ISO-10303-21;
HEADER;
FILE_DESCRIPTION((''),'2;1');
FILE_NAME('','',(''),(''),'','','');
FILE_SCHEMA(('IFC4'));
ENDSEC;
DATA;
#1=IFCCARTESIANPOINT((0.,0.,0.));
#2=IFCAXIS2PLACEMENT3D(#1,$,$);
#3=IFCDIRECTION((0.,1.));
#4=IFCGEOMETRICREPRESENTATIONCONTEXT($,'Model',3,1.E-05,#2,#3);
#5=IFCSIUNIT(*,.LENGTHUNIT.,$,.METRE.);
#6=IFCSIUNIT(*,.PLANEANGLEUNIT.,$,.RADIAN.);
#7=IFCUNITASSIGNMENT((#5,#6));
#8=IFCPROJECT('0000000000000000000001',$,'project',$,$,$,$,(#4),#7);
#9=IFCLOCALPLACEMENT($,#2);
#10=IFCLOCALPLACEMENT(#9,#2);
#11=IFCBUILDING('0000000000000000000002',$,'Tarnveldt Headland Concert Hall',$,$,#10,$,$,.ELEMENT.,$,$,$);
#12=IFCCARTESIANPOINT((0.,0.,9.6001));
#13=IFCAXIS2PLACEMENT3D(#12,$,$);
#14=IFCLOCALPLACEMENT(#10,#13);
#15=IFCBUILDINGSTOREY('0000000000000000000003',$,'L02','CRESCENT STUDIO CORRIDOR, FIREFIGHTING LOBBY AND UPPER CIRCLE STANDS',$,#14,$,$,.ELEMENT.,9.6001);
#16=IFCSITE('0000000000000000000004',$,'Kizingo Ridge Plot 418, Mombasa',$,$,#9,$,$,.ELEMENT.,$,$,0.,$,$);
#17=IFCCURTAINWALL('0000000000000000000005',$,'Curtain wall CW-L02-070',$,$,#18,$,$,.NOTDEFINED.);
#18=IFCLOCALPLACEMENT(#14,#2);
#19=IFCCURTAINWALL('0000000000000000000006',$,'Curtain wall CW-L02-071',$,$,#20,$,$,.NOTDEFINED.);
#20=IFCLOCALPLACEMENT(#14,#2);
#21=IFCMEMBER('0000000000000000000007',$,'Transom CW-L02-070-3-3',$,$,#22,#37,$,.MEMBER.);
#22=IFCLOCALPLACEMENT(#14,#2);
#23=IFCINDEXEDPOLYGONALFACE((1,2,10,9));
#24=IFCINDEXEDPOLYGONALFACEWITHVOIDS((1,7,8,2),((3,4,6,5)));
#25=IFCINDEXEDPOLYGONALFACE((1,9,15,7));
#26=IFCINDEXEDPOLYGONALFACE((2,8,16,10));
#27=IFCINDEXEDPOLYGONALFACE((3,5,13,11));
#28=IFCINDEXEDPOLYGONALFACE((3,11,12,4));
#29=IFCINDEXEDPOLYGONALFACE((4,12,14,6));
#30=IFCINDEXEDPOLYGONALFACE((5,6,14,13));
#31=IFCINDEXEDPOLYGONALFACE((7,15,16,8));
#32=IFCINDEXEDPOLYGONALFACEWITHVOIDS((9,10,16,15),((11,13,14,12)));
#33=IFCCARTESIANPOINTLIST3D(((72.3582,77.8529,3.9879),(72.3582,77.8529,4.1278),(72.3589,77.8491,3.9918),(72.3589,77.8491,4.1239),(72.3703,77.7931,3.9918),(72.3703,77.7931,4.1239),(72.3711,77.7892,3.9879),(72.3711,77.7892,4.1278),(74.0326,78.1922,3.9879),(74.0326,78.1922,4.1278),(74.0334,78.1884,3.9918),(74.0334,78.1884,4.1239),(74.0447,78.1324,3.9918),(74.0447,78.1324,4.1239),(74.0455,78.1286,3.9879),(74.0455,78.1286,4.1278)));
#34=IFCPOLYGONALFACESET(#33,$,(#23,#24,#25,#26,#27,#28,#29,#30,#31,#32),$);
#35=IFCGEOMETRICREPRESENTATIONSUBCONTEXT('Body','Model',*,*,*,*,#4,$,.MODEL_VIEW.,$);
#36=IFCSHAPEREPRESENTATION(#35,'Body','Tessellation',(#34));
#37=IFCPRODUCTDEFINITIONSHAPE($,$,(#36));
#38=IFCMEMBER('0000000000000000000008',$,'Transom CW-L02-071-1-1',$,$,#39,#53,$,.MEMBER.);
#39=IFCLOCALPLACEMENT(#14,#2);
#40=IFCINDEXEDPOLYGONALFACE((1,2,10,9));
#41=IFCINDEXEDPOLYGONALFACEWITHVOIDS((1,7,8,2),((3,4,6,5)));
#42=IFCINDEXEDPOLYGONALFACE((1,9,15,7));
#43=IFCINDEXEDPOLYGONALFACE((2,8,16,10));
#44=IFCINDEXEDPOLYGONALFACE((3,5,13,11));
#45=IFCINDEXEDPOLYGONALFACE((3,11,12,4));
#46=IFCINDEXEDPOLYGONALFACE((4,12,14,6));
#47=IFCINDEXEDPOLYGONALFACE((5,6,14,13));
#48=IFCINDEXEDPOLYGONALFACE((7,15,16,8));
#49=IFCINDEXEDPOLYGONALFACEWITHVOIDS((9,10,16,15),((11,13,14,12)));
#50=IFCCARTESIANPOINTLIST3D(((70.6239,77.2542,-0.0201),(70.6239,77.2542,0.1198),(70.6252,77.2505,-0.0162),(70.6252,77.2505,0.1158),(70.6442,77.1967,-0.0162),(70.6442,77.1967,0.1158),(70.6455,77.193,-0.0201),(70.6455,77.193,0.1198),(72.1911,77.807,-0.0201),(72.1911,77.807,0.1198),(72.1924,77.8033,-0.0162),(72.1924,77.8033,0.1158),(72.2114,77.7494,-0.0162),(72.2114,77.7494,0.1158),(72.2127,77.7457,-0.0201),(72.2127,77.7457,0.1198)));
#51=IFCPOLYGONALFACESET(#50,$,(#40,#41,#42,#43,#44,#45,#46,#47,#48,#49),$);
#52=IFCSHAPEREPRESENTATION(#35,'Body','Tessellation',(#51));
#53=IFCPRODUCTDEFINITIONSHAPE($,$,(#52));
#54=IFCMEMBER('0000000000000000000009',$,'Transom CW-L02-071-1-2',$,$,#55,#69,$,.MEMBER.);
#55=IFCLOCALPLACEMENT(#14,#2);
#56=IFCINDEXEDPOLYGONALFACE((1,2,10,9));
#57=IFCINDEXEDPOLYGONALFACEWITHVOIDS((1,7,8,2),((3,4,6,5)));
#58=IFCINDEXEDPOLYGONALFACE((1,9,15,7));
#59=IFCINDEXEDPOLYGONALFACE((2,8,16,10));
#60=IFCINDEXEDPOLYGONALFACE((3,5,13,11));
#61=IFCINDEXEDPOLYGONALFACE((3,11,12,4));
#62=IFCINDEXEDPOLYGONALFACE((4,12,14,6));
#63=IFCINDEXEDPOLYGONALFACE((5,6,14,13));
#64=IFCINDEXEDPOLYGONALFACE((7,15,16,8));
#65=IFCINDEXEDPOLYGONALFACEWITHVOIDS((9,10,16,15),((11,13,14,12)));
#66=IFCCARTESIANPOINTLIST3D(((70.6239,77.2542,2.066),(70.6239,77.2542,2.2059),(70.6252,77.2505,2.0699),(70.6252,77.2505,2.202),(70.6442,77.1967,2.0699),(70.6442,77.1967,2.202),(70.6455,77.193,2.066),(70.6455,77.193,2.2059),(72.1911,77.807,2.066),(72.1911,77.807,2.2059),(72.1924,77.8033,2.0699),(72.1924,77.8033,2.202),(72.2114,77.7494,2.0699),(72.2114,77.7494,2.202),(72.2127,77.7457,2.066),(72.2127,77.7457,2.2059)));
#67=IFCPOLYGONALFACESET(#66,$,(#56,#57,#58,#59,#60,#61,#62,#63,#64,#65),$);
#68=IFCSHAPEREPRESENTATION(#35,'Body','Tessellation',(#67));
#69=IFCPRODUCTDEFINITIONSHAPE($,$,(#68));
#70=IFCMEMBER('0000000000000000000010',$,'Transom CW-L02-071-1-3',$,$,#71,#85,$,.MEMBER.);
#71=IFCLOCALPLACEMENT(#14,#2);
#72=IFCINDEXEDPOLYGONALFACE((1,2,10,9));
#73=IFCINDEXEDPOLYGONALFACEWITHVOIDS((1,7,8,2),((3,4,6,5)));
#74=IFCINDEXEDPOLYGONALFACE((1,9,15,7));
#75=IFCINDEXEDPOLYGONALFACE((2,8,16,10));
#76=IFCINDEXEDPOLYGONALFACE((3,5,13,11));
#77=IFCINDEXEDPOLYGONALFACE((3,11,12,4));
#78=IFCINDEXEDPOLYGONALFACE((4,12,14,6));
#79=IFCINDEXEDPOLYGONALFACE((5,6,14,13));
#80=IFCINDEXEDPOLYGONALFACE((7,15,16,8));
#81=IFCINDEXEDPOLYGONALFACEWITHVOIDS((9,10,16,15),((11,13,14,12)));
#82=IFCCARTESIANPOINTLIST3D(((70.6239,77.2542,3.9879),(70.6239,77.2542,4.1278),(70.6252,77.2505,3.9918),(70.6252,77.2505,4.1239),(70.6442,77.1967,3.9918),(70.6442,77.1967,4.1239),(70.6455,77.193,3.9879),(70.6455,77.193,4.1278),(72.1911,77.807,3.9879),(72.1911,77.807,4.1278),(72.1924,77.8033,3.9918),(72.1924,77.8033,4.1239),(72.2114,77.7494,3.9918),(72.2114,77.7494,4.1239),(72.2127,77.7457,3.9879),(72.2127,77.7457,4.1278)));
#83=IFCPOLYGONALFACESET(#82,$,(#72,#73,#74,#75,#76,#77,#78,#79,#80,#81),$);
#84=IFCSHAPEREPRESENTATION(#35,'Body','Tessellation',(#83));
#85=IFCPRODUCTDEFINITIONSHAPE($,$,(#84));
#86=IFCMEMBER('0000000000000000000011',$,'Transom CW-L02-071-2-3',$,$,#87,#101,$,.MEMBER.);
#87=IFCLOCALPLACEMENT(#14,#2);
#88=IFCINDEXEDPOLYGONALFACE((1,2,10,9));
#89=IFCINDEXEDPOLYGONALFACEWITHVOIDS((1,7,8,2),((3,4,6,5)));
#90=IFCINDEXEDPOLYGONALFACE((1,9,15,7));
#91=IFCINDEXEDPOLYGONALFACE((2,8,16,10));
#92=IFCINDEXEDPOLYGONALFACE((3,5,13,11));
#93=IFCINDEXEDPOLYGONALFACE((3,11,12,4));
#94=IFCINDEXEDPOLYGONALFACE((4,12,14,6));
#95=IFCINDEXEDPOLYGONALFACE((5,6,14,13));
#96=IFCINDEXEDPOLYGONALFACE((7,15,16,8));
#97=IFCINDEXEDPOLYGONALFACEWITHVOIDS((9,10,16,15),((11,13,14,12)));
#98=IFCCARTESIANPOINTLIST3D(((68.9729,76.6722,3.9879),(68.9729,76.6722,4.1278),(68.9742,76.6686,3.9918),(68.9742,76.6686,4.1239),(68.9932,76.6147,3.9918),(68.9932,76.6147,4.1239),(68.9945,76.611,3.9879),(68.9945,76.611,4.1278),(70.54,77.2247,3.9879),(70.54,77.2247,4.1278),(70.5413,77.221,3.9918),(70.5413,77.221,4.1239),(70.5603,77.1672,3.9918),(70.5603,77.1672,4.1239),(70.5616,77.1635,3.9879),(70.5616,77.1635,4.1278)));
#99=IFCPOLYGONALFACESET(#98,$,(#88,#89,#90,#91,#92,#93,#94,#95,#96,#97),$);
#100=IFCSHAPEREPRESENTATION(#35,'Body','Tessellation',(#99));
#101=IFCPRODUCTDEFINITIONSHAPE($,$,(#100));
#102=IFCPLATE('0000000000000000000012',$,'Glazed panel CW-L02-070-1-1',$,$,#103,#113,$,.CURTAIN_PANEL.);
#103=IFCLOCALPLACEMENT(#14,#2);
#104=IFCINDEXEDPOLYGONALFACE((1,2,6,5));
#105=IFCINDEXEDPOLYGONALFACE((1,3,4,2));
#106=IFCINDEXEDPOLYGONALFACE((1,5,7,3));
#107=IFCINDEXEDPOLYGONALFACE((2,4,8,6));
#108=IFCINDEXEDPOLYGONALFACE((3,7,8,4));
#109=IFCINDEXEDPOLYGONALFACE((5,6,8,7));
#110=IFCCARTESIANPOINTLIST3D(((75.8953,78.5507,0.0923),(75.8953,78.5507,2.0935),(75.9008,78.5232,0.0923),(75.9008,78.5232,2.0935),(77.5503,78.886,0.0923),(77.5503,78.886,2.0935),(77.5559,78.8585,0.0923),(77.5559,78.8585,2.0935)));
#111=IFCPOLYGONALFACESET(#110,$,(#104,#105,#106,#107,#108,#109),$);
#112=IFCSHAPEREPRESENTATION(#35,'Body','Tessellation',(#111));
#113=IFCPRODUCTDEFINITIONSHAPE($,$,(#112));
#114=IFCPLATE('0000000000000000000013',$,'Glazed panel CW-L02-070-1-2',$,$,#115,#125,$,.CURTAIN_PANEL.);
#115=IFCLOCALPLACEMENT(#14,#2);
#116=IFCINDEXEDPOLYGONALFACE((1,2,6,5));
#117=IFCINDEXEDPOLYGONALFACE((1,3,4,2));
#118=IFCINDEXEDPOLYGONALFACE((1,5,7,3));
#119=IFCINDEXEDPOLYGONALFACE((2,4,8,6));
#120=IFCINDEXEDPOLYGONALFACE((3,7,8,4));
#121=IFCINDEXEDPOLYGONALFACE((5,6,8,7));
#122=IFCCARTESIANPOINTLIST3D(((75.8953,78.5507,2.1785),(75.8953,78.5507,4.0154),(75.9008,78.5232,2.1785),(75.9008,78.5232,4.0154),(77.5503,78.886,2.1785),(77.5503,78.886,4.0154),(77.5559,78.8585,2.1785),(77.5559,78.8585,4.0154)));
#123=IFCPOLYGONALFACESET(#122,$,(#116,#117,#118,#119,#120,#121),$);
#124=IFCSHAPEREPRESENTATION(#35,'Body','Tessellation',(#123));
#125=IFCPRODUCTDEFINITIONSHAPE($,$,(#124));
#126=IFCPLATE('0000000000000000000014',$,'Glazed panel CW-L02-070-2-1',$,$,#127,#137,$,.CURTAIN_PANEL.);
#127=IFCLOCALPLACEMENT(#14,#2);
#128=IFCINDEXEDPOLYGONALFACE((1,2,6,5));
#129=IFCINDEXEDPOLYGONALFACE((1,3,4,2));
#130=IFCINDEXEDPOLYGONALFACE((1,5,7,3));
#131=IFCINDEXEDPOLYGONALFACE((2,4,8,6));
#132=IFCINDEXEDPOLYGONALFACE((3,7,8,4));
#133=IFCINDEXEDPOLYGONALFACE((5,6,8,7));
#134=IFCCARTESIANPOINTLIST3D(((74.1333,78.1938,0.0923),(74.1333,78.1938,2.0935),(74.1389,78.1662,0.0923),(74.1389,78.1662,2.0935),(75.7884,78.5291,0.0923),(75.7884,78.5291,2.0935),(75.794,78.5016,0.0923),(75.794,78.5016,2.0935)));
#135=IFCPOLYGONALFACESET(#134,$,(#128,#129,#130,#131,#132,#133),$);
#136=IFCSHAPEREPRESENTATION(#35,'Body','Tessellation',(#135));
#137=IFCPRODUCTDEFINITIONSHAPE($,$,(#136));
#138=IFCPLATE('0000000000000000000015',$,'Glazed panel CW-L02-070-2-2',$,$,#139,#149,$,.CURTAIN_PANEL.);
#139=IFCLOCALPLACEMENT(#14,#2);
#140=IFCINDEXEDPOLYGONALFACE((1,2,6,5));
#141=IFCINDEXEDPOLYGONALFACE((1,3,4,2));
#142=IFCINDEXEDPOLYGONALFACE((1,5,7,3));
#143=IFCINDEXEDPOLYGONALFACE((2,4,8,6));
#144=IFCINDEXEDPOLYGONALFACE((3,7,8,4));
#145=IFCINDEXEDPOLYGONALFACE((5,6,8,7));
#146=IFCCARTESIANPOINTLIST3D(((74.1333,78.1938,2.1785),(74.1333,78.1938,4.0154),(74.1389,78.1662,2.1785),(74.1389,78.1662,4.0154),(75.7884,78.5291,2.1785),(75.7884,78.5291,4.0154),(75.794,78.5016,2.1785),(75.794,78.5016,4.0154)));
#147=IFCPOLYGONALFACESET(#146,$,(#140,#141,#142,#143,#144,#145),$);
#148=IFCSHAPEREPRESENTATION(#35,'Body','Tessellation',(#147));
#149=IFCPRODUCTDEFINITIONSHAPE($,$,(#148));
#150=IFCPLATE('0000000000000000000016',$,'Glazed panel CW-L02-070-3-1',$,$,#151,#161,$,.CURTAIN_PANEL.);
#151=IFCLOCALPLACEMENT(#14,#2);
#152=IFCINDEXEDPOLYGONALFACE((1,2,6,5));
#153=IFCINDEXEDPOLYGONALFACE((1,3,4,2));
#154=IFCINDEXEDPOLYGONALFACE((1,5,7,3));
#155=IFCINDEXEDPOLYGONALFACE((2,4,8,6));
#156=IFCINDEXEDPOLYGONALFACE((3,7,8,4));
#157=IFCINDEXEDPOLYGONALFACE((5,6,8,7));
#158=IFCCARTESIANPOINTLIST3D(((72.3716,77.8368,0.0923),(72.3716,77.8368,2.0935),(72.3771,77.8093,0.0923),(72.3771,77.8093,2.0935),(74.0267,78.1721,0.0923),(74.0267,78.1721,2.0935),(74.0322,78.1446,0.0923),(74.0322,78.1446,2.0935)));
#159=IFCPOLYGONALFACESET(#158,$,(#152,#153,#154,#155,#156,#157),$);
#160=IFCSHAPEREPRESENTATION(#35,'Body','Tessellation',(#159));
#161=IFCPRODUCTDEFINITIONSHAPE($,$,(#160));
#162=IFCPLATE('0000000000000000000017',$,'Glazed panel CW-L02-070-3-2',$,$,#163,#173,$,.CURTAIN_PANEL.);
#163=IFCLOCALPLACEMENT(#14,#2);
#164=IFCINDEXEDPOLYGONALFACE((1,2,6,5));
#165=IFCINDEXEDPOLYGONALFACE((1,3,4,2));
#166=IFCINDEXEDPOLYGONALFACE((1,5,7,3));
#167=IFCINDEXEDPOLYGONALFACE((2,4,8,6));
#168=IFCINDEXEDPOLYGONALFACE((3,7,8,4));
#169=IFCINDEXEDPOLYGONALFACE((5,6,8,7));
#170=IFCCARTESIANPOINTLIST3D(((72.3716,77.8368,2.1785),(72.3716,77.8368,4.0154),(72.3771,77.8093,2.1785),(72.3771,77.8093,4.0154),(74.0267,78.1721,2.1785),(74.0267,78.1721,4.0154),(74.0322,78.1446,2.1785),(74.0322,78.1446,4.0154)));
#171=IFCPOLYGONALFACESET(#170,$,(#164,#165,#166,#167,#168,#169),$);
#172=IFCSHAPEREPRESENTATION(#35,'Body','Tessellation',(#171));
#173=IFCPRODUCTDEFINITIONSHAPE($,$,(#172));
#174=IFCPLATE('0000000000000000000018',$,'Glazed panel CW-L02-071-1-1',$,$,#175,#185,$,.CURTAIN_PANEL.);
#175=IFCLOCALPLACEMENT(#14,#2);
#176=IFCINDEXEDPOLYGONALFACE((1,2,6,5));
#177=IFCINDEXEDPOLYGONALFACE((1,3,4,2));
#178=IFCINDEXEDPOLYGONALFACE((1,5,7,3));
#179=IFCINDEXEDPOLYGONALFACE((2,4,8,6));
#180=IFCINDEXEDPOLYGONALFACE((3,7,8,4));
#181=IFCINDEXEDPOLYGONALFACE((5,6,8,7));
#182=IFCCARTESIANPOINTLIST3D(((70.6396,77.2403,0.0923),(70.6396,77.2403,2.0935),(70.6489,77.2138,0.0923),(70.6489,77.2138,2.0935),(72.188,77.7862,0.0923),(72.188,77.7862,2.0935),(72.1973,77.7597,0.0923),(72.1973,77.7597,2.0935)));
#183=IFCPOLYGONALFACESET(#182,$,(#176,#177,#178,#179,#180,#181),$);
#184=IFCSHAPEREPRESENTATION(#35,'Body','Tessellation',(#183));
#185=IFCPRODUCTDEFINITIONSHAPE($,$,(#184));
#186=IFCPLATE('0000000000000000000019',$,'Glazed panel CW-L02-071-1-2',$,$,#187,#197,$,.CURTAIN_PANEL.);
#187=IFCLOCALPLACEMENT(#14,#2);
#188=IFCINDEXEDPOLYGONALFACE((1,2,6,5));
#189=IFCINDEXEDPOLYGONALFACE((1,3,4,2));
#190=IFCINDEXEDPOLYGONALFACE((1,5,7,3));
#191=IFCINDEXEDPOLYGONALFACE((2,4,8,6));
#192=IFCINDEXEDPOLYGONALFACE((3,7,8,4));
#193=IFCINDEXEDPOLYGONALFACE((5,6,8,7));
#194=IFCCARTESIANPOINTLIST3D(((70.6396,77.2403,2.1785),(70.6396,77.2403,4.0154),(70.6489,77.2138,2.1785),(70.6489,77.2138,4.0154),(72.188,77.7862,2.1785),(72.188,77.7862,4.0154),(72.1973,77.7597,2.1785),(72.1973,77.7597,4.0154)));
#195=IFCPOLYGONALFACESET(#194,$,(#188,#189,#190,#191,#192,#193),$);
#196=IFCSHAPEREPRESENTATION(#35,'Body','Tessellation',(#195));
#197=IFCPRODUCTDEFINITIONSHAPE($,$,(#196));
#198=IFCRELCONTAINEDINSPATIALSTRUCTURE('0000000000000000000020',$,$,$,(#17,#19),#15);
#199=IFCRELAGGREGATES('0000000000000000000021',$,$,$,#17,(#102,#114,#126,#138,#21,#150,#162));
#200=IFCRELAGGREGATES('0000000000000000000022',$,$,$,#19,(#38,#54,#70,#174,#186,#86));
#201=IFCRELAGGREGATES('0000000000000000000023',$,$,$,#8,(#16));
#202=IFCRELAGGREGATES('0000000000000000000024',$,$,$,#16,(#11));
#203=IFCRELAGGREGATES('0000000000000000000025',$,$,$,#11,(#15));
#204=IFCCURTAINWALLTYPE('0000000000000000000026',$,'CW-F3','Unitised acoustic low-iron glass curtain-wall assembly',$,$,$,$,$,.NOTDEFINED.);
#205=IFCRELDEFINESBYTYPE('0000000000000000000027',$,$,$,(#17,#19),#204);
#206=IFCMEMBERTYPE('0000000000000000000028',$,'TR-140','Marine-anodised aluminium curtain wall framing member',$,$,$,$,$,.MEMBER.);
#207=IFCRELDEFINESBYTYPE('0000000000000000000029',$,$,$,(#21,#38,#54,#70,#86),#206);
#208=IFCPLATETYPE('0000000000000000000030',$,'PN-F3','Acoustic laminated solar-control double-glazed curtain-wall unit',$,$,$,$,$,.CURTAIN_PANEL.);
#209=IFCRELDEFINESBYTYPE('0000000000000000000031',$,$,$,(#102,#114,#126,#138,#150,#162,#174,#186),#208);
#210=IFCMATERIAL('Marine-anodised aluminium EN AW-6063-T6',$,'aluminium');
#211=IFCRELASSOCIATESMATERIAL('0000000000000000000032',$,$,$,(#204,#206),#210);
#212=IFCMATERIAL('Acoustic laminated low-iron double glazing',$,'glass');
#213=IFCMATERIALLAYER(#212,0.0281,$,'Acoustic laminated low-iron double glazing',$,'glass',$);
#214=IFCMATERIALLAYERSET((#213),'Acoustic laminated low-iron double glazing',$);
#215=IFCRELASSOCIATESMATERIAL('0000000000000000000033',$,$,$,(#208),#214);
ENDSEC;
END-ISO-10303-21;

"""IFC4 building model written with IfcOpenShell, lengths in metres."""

from ifc_helpers import new_model, si_unit, direction, frame, origin, origin_2d, place, context, subcontext, project, spatial, rectangle, hollow_rectangle, extrude, material, layer, layer_set, material_profile, profile_set, type_object, element, aggregate, save


model = new_model("IFC4")

# Units and contexts
model_context = context("Model", 3, precision=1e-05, world=origin(), true_north=direction((0.0, 1.0)))
body_context = subcontext(model_context, "Body", "Model", "MODEL_VIEW")
ifc_project = project(units=[si_unit("LENGTHUNIT", "METRE"), si_unit("PLANEANGLEUNIT", "RADIAN")], contexts=[model_context])

# Site, building, storey
site_placement = place(None, origin())
site = spatial("IfcSite", under=ifc_project, at=site_placement, Name="Kizingo Ridge Plot 418, Mombasa", CompositionType="ELEMENT", RefElevation=0.0)
building_placement = place(site_placement, origin())
building = spatial("IfcBuilding", under=site, at=building_placement, Name="Tarnveldt Headland Concert Hall", CompositionType="ELEMENT")
storey_placement = place(building_placement, frame((0.0, 0.0, 9.6001)))
storey = spatial("IfcBuildingStorey", under=building, at=storey_placement, Name="L02", Description="CRESCENT STUDIO CORRIDOR, FIREFIGHTING LOBBY AND UPPER CIRCLE STANDS", CompositionType="ELEMENT", Elevation=9.6001)

# Curtain walls
ifc_material_1 = material(Name="Marine-anodised aluminium EN AW-6063-T6", Category="aluminium")
curtain_wall_type = type_object("IfcCurtainWallType", Name="CW-F3", Description="Unitised acoustic low-iron glass curtain-wall assembly", PredefinedType="NOTDEFINED", material=ifc_material_1)
curtain_wall_1_placement = place(storey_placement, origin())
curtain_wall_1 = element("IfcCurtainWall", 1, at=curtain_wall_1_placement, inside=storey, type_object=curtain_wall_type, Name="Curtain wall CW-L02-070", PredefinedType="NOTDEFINED")
curtain_wall_2_placement = place(storey_placement, origin())
curtain_wall_2 = element("IfcCurtainWall", 2, at=curtain_wall_2_placement, inside=storey, type_object=curtain_wall_type, Name="Curtain wall CW-L02-071", PredefinedType="NOTDEFINED")

# Members
ifc_material_profile_1 = material_profile(ifc_material_1, hollow_rectangle(XDim=0.0649, YDim=0.1399, WallThickness=0.0039, at=origin_2d()), Name="ALU TRANSOM 65x140x4", Category="aluminium")
ifc_profile_set_1 = profile_set([ifc_material_profile_1], Name="Marine-anodised aluminium EN AW-6063-T6")
member_type_1 = type_object("IfcMemberType", Name="TR-140", Description="Marine-anodised aluminium curtain wall framing member", PredefinedType="MEMBER", material=ifc_profile_set_1)
member_1_placement = place(storey_placement, frame((74.0391, 78.1604, 4.0579), z_axis=(-0.980077, -0.198616, 0.0), x_axis=(0.198616, -0.980077, 0.0)))
member_1 = element("IfcMember", 3, at=member_1_placement, type_object=member_type_1, Name="Transom CW-L02-070-3-3", PredefinedType="MEMBER", context=body_context, shape_type="SweptSolid", body=[
    extrude(hollow_rectangle(XDim=0.0649, YDim=0.1399, WallThickness=0.0039, at=origin_2d()), origin(), (0.0, 0.0, 1.0), 1.7085),
])
member_2_placement = place(storey_placement, frame((72.2019, 77.7764, 0.0498), z_axis=(-0.943061, -0.33262, 0.0), x_axis=(0.33262, -0.943061, 0.0)))
member_2 = element("IfcMember", 4, at=member_2_placement, type_object=member_type_1, Name="Transom CW-L02-071-1-1", PredefinedType="MEMBER", context=body_context, shape_type="SweptSolid", body=[
    extrude(hollow_rectangle(XDim=0.0649, YDim=0.1399, WallThickness=0.0039, at=origin_2d()), origin(), (0.0, 0.0, 1.0), 1.6619),
])
member_3_placement = place(storey_placement, frame((72.2019, 77.7764, 2.136), z_axis=(-0.943061, -0.33262, 0.0), x_axis=(0.33262, -0.943061, 0.0)))
member_3 = element("IfcMember", 5, at=member_3_placement, type_object=member_type_1, Name="Transom CW-L02-071-1-2", PredefinedType="MEMBER", context=body_context, shape_type="SweptSolid", body=[
    extrude(hollow_rectangle(XDim=0.0649, YDim=0.1399, WallThickness=0.0039, at=origin_2d()), origin(), (0.0, 0.0, 1.0), 1.6619),
])
member_4_placement = place(storey_placement, frame((72.2019, 77.7764, 4.0579), z_axis=(-0.943061, -0.33262, 0.0), x_axis=(0.33262, -0.943061, 0.0)))
member_4 = element("IfcMember", 6, at=member_4_placement, type_object=member_type_1, Name="Transom CW-L02-071-1-3", PredefinedType="MEMBER", context=body_context, shape_type="SweptSolid", body=[
    extrude(hollow_rectangle(XDim=0.0649, YDim=0.1399, WallThickness=0.0039, at=origin_2d()), origin(), (0.0, 0.0, 1.0), 1.6619),
])
member_5_placement = place(storey_placement, frame((70.5508, 77.1941, 4.0579), z_axis=(-0.943107, -0.33249, 0.0), x_axis=(0.33249, -0.943107, 0.0)))
member_5 = element("IfcMember", 7, at=member_5_placement, type_object=member_type_1, Name="Transom CW-L02-071-2-3", PredefinedType="MEMBER", context=body_context, shape_type="SweptSolid", body=[
    extrude(hollow_rectangle(XDim=0.0649, YDim=0.1399, WallThickness=0.0039, at=origin_2d()), origin(), (0.0, 0.0, 1.0), 1.6616),
])

# Plates
ifc_material_2 = material(Name="Acoustic laminated low-iron double glazing", Category="glass")
ifc_layer_1 = layer(ifc_material_2, 0.0281, Name="Acoustic laminated low-iron double glazing", Category="glass")
ifc_layer_set_1 = layer_set([ifc_layer_1], Name="Acoustic laminated low-iron double glazing")
plate_type = type_object("IfcPlateType", Name="PN-F3", Description="Acoustic laminated solar-control double-glazed curtain-wall unit", PredefinedType="CURTAIN_PANEL", material=ifc_layer_set_1)
plate_1_placement = place(storey_placement, frame((76.7256, 78.7046, 0.0923), z_axis=(0.0, 0.0, 1.0), x_axis=(-0.980088, -0.198564, 0.0)))
plate_1 = element("IfcPlate", 8, at=plate_1_placement, type_object=plate_type, Name="Glazed panel CW-L02-070-1-1", PredefinedType="CURTAIN_PANEL", context=body_context, shape_type="SweptSolid", body=[
    extrude(rectangle(XDim=1.6887, YDim=0.0281, at=origin_2d()), origin(), (0.0, 0.0, 1.0), 2.0012),
])
plate_2_placement = place(storey_placement, frame((76.7256, 78.7046, 2.1785), z_axis=(0.0, 0.0, 1.0), x_axis=(-0.980088, -0.198564, 0.0)))
plate_2 = element("IfcPlate", 9, at=plate_2_placement, type_object=plate_type, Name="Glazed panel CW-L02-070-1-2", PredefinedType="CURTAIN_PANEL", context=body_context, shape_type="SweptSolid", body=[
    extrude(rectangle(XDim=1.6887, YDim=0.0281, at=origin_2d()), origin(), (0.0, 0.0, 1.0), 1.8369),
])
plate_3_placement = place(storey_placement, frame((74.9636, 78.3477, 0.0923), z_axis=(0.0, 0.0, 1.0), x_axis=(-0.980088, -0.198564, 0.0)))
plate_3 = element("IfcPlate", 10, at=plate_3_placement, type_object=plate_type, Name="Glazed panel CW-L02-070-2-1", PredefinedType="CURTAIN_PANEL", context=body_context, shape_type="SweptSolid", body=[
    extrude(rectangle(XDim=1.6887, YDim=0.0281, at=origin_2d()), origin(), (0.0, 0.0, 1.0), 2.0012),
])
plate_4_placement = place(storey_placement, frame((74.9636, 78.3477, 2.1785), z_axis=(0.0, 0.0, 1.0), x_axis=(-0.980088, -0.198564, 0.0)))
plate_4 = element("IfcPlate", 11, at=plate_4_placement, type_object=plate_type, Name="Glazed panel CW-L02-070-2-2", PredefinedType="CURTAIN_PANEL", context=body_context, shape_type="SweptSolid", body=[
    extrude(rectangle(XDim=1.6887, YDim=0.0281, at=origin_2d()), origin(), (0.0, 0.0, 1.0), 1.8369),
])
plate_5_placement = place(storey_placement, frame((73.2019, 77.9907, 0.0923), z_axis=(0.0, 0.0, 1.0), x_axis=(-0.980088, -0.198564, 0.0)))
plate_5 = element("IfcPlate", 12, at=plate_5_placement, type_object=plate_type, Name="Glazed panel CW-L02-070-3-1", PredefinedType="CURTAIN_PANEL", context=body_context, shape_type="SweptSolid", body=[
    extrude(rectangle(XDim=1.6887, YDim=0.0281, at=origin_2d()), origin(), (0.0, 0.0, 1.0), 2.0012),
])
plate_6_placement = place(storey_placement, frame((73.2019, 77.9907, 2.1785), z_axis=(0.0, 0.0, 1.0), x_axis=(-0.980088, -0.198564, 0.0)))
plate_6 = element("IfcPlate", 13, at=plate_6_placement, type_object=plate_type, Name="Glazed panel CW-L02-070-3-2", PredefinedType="CURTAIN_PANEL", context=body_context, shape_type="SweptSolid", body=[
    extrude(rectangle(XDim=1.6887, YDim=0.0281, at=origin_2d()), origin(), (0.0, 0.0, 1.0), 1.8369),
])
aggregate(curtain_wall_1, [plate_1, plate_2, plate_3, plate_4, member_1, plate_5, plate_6])
plate_7_placement = place(storey_placement, frame((71.4185, 77.5, 0.0923), z_axis=(0.0, 0.0, 1.0), x_axis=(-0.943095, -0.332523, 0.0)))
plate_7 = element("IfcPlate", 14, at=plate_7_placement, type_object=plate_type, Name="Glazed panel CW-L02-071-1-1", PredefinedType="CURTAIN_PANEL", context=body_context, shape_type="SweptSolid", body=[
    extrude(rectangle(XDim=1.6418, YDim=0.0281, at=origin_2d()), origin(), (0.0, 0.0, 1.0), 2.0012),
])
plate_8_placement = place(storey_placement, frame((71.4185, 77.5, 2.1785), z_axis=(0.0, 0.0, 1.0), x_axis=(-0.943095, -0.332523, 0.0)))
plate_8 = element("IfcPlate", 15, at=plate_8_placement, type_object=plate_type, Name="Glazed panel CW-L02-071-1-2", PredefinedType="CURTAIN_PANEL", context=body_context, shape_type="SweptSolid", body=[
    extrude(rectangle(XDim=1.6418, YDim=0.0281, at=origin_2d()), origin(), (0.0, 0.0, 1.0), 1.8369),
])
aggregate(curtain_wall_2, [member_2, member_3, member_4, plate_7, plate_8, member_5])

save(model, "model.ifc")
